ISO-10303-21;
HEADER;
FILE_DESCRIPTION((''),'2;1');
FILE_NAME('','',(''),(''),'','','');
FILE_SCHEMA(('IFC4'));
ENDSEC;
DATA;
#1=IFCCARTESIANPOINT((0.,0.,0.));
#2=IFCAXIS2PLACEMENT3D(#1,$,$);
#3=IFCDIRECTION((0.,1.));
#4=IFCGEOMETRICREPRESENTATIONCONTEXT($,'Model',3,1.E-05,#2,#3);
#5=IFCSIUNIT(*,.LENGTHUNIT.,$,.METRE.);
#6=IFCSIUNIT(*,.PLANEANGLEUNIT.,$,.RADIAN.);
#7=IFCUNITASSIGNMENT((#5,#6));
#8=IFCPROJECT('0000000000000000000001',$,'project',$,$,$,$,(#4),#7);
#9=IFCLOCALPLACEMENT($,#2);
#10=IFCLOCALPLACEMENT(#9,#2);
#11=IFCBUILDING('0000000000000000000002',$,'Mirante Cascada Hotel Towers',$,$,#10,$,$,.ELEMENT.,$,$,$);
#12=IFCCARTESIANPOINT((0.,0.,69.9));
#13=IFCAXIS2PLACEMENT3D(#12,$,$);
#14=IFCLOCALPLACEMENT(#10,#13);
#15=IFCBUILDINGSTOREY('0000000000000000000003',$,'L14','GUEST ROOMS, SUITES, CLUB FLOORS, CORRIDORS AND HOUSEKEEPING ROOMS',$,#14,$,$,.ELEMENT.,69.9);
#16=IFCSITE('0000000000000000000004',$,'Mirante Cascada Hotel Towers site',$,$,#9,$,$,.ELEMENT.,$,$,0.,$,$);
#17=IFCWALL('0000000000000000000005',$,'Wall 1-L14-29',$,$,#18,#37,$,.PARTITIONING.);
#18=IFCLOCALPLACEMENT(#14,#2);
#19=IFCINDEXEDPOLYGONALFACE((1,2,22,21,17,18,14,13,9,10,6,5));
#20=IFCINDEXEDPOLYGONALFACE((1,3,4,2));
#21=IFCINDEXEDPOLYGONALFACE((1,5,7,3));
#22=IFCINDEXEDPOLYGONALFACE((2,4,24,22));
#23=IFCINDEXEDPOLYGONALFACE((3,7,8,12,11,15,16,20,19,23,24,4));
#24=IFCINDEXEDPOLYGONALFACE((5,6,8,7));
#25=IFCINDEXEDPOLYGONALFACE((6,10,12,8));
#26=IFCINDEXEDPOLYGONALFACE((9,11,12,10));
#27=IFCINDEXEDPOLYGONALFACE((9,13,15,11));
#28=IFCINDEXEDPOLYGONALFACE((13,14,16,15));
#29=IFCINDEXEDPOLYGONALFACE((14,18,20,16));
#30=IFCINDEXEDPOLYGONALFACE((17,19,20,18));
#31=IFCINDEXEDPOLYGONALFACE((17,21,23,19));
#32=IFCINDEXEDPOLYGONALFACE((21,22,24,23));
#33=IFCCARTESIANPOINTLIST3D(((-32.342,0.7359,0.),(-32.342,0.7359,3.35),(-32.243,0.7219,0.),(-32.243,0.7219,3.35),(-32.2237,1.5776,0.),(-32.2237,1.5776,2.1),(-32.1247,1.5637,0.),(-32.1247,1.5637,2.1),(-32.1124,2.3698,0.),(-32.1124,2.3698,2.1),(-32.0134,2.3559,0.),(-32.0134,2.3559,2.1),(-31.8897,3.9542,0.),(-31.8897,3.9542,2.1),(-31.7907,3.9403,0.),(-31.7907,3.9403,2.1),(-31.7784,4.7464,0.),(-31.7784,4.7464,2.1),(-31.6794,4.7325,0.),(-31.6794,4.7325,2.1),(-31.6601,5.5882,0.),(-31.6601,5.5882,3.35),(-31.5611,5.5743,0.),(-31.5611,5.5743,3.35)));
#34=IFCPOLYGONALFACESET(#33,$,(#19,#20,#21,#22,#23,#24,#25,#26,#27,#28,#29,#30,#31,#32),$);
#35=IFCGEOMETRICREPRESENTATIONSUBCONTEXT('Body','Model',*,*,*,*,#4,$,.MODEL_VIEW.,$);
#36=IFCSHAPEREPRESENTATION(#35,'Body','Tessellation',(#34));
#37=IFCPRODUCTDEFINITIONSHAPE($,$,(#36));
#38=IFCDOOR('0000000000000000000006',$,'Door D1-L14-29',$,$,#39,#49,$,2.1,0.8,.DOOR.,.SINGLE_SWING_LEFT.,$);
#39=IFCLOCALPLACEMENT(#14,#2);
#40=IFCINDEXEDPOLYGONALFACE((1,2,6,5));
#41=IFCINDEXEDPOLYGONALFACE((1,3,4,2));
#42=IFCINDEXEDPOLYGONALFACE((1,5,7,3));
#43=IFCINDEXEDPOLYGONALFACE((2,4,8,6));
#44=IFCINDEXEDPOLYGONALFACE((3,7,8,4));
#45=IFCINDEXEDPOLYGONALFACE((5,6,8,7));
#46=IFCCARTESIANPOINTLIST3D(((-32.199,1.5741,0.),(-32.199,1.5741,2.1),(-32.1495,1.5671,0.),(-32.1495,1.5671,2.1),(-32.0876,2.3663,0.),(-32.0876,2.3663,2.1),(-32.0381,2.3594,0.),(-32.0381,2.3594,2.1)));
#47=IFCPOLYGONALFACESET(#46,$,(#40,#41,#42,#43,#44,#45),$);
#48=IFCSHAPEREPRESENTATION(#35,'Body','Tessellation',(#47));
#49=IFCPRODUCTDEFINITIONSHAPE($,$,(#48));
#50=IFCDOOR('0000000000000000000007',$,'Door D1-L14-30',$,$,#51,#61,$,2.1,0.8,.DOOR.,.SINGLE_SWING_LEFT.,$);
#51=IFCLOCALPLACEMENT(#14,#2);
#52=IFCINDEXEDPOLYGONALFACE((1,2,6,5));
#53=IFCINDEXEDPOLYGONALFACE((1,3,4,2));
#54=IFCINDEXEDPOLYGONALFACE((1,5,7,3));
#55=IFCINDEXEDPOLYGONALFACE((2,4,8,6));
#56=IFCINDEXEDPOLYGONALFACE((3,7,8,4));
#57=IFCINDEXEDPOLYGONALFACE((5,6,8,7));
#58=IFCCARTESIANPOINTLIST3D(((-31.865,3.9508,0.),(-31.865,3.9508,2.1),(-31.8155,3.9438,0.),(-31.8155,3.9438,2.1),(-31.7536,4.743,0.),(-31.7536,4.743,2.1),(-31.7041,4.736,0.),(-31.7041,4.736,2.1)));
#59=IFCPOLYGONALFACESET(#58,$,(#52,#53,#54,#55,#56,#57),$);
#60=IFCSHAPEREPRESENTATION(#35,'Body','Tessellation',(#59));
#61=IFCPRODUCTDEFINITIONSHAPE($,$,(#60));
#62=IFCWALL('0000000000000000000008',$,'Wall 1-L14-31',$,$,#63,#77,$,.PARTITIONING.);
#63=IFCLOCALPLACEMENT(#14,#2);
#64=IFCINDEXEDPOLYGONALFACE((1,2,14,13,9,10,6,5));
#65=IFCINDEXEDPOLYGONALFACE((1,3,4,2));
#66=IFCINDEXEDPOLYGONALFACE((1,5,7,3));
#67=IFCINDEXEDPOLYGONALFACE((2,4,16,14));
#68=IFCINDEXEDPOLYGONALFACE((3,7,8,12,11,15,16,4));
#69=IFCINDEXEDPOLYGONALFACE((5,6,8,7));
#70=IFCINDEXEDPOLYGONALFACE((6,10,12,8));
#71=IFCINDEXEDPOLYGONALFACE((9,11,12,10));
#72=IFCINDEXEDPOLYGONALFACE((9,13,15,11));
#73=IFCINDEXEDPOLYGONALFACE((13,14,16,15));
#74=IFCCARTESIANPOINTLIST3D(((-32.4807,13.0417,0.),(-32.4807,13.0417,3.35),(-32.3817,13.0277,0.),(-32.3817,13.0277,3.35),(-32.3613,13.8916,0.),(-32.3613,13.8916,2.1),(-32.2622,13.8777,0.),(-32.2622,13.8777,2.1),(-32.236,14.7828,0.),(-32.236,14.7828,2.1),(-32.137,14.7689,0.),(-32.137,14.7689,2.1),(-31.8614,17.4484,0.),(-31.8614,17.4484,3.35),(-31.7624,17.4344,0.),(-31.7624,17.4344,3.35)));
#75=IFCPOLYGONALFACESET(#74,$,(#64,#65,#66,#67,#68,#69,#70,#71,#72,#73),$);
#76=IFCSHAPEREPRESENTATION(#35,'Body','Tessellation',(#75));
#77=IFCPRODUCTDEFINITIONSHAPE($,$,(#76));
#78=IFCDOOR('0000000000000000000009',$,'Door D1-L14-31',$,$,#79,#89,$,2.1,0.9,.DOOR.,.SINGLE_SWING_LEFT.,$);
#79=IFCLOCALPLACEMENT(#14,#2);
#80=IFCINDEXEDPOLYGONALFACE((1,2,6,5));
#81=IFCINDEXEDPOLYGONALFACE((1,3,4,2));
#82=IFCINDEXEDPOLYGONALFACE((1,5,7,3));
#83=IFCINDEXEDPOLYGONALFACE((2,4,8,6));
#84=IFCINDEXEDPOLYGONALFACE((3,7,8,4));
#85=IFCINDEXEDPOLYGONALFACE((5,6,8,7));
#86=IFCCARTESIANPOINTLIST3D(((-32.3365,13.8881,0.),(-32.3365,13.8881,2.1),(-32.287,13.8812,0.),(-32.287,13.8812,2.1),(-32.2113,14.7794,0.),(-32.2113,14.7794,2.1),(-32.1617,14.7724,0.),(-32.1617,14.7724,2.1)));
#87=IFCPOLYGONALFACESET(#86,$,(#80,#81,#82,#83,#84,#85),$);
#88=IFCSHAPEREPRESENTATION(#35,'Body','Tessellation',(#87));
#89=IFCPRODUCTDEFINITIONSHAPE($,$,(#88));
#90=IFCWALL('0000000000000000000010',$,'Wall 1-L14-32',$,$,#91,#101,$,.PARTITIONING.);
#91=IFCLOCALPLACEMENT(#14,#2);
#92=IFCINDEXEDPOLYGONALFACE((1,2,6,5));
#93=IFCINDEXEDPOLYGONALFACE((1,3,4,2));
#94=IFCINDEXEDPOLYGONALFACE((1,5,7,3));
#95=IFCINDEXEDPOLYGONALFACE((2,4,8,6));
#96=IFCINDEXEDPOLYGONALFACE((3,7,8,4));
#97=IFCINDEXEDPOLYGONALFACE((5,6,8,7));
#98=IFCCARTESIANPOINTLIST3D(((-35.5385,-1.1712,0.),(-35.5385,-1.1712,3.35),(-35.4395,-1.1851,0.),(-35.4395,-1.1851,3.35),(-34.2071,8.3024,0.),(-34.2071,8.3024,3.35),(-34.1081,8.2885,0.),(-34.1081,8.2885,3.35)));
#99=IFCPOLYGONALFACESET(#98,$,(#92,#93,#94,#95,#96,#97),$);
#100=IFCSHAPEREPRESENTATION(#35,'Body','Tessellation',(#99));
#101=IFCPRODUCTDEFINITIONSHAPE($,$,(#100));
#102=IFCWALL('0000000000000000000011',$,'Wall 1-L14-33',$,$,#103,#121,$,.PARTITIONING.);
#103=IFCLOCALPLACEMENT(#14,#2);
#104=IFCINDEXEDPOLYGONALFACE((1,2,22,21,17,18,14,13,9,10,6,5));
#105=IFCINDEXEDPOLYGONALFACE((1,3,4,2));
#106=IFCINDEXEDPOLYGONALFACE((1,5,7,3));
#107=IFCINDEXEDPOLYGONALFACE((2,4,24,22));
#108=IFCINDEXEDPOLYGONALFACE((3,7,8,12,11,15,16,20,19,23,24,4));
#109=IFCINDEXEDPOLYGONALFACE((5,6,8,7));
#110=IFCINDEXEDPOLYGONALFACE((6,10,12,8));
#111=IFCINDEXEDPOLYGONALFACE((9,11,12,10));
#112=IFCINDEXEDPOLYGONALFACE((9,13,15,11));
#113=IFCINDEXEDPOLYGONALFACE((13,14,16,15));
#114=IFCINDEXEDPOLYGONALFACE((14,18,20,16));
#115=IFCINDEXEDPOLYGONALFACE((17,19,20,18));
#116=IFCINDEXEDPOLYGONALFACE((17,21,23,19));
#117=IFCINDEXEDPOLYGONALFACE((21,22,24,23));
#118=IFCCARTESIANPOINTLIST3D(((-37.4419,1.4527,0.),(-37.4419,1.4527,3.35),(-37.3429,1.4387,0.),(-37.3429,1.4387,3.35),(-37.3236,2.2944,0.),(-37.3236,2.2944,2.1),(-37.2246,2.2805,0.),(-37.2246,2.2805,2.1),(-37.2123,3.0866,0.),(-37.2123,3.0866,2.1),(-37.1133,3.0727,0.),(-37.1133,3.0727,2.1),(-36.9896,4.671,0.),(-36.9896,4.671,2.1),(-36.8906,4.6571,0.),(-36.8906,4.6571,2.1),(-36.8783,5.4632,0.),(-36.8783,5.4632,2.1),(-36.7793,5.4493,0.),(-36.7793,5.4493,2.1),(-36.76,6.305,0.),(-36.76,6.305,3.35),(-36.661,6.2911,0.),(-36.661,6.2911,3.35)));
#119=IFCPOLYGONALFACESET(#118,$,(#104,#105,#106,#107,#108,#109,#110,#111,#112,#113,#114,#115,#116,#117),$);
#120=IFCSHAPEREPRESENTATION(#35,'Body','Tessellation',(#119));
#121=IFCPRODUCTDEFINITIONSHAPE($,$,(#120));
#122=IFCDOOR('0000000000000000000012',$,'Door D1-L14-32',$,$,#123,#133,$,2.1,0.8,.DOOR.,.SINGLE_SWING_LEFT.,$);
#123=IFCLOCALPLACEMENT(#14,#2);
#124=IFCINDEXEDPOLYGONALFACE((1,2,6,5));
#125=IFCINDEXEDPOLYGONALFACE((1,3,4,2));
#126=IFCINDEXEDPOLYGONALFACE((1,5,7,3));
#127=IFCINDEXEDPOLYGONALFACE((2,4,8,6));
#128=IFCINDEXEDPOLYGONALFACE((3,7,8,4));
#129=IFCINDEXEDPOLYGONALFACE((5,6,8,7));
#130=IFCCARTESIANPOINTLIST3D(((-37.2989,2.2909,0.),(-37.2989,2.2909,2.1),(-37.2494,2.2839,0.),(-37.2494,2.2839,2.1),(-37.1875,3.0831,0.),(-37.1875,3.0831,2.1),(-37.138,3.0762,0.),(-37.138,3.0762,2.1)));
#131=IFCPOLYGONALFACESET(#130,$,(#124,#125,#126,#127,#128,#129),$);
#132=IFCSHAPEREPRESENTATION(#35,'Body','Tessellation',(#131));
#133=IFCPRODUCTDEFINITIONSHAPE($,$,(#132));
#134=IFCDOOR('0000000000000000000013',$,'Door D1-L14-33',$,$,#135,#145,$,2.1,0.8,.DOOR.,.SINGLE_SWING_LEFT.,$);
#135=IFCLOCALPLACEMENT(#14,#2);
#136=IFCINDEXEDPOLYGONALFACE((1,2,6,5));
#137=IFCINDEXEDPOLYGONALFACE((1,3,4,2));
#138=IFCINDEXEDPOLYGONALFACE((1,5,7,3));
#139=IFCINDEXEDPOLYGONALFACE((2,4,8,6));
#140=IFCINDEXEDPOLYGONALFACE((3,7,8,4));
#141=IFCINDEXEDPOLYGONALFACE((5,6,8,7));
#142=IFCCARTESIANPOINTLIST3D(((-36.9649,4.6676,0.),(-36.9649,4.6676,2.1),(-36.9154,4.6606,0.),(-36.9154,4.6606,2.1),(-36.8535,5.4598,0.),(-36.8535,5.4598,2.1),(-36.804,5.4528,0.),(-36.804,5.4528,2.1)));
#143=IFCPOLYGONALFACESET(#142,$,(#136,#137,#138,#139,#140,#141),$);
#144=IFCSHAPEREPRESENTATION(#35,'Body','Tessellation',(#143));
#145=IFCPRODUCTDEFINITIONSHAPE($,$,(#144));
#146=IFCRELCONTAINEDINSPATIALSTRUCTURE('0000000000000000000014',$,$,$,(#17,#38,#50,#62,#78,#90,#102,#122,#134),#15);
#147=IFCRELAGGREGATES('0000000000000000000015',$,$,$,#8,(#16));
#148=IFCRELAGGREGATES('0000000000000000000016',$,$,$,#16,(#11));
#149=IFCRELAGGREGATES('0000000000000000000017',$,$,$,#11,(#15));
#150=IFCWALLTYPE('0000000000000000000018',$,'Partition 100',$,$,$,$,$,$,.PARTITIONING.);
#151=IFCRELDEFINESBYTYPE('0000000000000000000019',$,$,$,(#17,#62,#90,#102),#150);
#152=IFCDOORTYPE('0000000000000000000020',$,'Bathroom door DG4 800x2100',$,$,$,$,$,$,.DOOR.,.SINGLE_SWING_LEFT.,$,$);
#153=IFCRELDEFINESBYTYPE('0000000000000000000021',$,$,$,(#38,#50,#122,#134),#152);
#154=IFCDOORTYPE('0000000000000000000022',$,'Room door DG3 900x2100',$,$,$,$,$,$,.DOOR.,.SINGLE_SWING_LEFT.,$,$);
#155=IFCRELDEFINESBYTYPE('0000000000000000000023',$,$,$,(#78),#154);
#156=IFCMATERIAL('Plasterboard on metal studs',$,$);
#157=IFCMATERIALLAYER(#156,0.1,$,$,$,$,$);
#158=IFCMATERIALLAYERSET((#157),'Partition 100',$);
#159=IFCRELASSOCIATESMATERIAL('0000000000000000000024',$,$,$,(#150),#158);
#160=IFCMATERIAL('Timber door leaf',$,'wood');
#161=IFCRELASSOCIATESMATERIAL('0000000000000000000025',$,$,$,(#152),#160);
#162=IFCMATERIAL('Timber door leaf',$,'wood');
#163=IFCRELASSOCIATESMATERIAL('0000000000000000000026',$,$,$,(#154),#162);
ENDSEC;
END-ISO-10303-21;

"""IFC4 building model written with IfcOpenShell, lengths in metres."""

from ifc_helpers import new_model, si_unit, direction, frame, frame_2d, origin, place, context, subcontext, project, spatial, rectangle, extrude, material, layer, layer_set, type_object, element, fill, save


model = new_model("IFC4")

# Units and contexts
model_context = context("Model", 3, precision=1e-05, world=origin(), true_north=direction((0.0, 1.0)))
body_context = subcontext(model_context, "Body", "Model", "MODEL_VIEW")
ifc_project = project(units=[si_unit("LENGTHUNIT", "METRE"), si_unit("PLANEANGLEUNIT", "RADIAN")], contexts=[model_context])

# Site, building, storey
site_placement = place(None, origin())
site = spatial("IfcSite", under=ifc_project, at=site_placement, Name="Mirante Cascada Hotel Towers site", CompositionType="ELEMENT", RefElevation=0.0)
building_placement = place(site_placement, origin())
building = spatial("IfcBuilding", under=site, at=building_placement, Name="Mirante Cascada Hotel Towers", CompositionType="ELEMENT")
storey_placement = place(building_placement, frame((0.0, 0.0, 69.9)))
storey = spatial("IfcBuildingStorey", under=building, at=storey_placement, Name="L14", Description="GUEST ROOMS, SUITES, CLUB FLOORS, CORRIDORS AND HOUSEKEEPING ROOMS", CompositionType="ELEMENT", Elevation=69.9)

# Shared definitions
ifc_material_1 = material(Name="Plasterboard on metal studs")
ifc_layer_1 = layer(ifc_material_1, 0.1)
ifc_layer_set_1 = layer_set([ifc_layer_1], Name="Partition 100")
wall_type_1 = type_object("IfcWallType", Name="Partition 100", PredefinedType="PARTITIONING", material=ifc_layer_set_1)

# Wall, openings, doors
wall_1_placement = place(storey_placement, frame((-32.2925, 0.7289, 0.0), z_axis=(0.0, 0.0, 1.0), x_axis=(0.139164, 0.990269, 0.0)))
wall_1 = element("IfcWall", 1, at=wall_1_placement, inside=storey, type_object=wall_type_1, Name="Wall 1-L14-29", PredefinedType="PARTITIONING", context=body_context, shape_type="SweptSolid", body=[
    extrude(rectangle(XDim=4.9, YDim=0.1, at=frame_2d((2.45, 0.0))), origin(), (0.0, 0.0, 1.0), 3.35),
])
opening_1_placement = place(wall_1_placement, frame((0.85, 0.0, 0.0)))
opening_1 = element("IfcOpeningElement", 2, at=opening_1_placement, cuts=wall_1, PredefinedType="OPENING", context=body_context, shape_type="SweptSolid", body=[
    extrude(rectangle(XDim=0.8, YDim=2.1, at=frame_2d((0.4, 1.05))), frame((0.0, 0.05, 0.0), z_axis=(0.0, -1.0, 0.0), x_axis=(1.0, 0.0, 0.0)), (0.0, 0.0, 1.0), 0.1),
])
opening_2_placement = place(wall_1_placement, frame((3.25, 0.0, 0.0)))
opening_2 = element("IfcOpeningElement", 3, at=opening_2_placement, cuts=wall_1, PredefinedType="OPENING", context=body_context, shape_type="SweptSolid", body=[
    extrude(rectangle(XDim=0.8, YDim=2.1, at=frame_2d((0.4, 1.05))), frame((0.0, 0.05, 0.0), z_axis=(0.0, -1.0, 0.0), x_axis=(1.0, 0.0, 0.0)), (0.0, 0.0, 1.0), 0.1),
])
ifc_material_2 = material(Name="Timber door leaf", Category="wood")
door_type_1 = type_object("IfcDoorType", Name="Bathroom door DG4 800x2100", OperationType="SINGLE_SWING_LEFT", PredefinedType="DOOR", material=ifc_material_2)
door_1_placement = place(opening_1_placement, origin())
door_1 = element("IfcDoor", 4, at=door_1_placement, inside=storey, type_object=door_type_1, Name="Door D1-L14-29", OperationType="SINGLE_SWING_LEFT", OverallHeight=2.1, OverallWidth=0.8, PredefinedType="DOOR", context=body_context, shape_type="SweptSolid", body=[
    extrude(rectangle(XDim=0.8, YDim=2.1, at=frame_2d((0.4, 1.05))), frame((0.0, 0.025, 0.0), z_axis=(0.0, -1.0, 0.0), x_axis=(1.0, 0.0, 0.0)), (0.0, 0.0, 1.0), 0.05),
])
fill(opening_1, door_1)
door_2_placement = place(opening_2_placement, origin())
door_2 = element("IfcDoor", 5, at=door_2_placement, inside=storey, type_object=door_type_1, Name="Door D1-L14-30", OperationType="SINGLE_SWING_LEFT", OverallHeight=2.1, OverallWidth=0.8, PredefinedType="DOOR", context=body_context, shape_type="SweptSolid", body=[
    extrude(rectangle(XDim=0.8, YDim=2.1, at=frame_2d((0.4, 1.05))), frame((0.0, 0.025, 0.0), z_axis=(0.0, -1.0, 0.0), x_axis=(1.0, 0.0, 0.0)), (0.0, 0.0, 1.0), 0.05),
])
fill(opening_2, door_2)

# Wall, opening, door
wall_2_placement = place(storey_placement, frame((-32.4312, 13.0347, 0.0), z_axis=(0.0, 0.0, 1.0), x_axis=(0.139168, 0.990269, 0.0)))
wall_2 = element("IfcWall", 6, at=wall_2_placement, inside=storey, type_object=wall_type_1, Name="Wall 1-L14-31", PredefinedType="PARTITIONING", context=body_context, shape_type="SweptSolid", body=[
    extrude(rectangle(XDim=4.45, YDim=0.1, at=frame_2d((2.225, 0.0))), origin(), (0.0, 0.0, 1.0), 3.35),
])
opening_3_placement = place(wall_2_placement, frame((0.8583, 0.0, 0.0)))
opening_3 = element("IfcOpeningElement", 7, at=opening_3_placement, cuts=wall_2, PredefinedType="OPENING", context=body_context, shape_type="SweptSolid", body=[
    extrude(rectangle(XDim=0.9, YDim=2.1, at=frame_2d((0.45, 1.05))), frame((0.0, 0.05, 0.0), z_axis=(0.0, -1.0, 0.0), x_axis=(1.0, 0.0, 0.0)), (0.0, 0.0, 1.0), 0.1),
])
ifc_material_3 = material(Name="Timber door leaf", Category="wood")
door_type_2 = type_object("IfcDoorType", Name="Room door DG3 900x2100", OperationType="SINGLE_SWING_LEFT", PredefinedType="DOOR", material=ifc_material_3)
door_3_placement = place(opening_3_placement, origin())
door_3 = element("IfcDoor", 8, at=door_3_placement, inside=storey, type_object=door_type_2, Name="Door D1-L14-31", OperationType="SINGLE_SWING_LEFT", OverallHeight=2.1, OverallWidth=0.9, PredefinedType="DOOR", context=body_context, shape_type="SweptSolid", body=[
    extrude(rectangle(XDim=0.9, YDim=2.1, at=frame_2d((0.45, 1.05))), frame((0.0, 0.025, 0.0), z_axis=(0.0, -1.0, 0.0), x_axis=(1.0, 0.0, 0.0)), (0.0, 0.0, 1.0), 0.05),
])
fill(opening_3, door_3)

# Wall
wall_3_placement = place(storey_placement, frame((-34.1576, 8.2955, 0.0), z_axis=(0.0, 0.0, 1.0), x_axis=(-0.13917, -0.990268, 0.0)))
element("IfcWall", 9, at=wall_3_placement, inside=storey, type_object=wall_type_1, Name="Wall 1-L14-32", PredefinedType="PARTITIONING", context=body_context, shape_type="SweptSolid", body=[
    extrude(rectangle(XDim=9.5667, YDim=0.1, at=frame_2d((4.7834, 0.0))), origin(), (0.0, 0.0, 1.0), 3.35),
])

# Wall, openings, doors
wall_4_placement = place(storey_placement, frame((-37.3924, 1.4457, 0.0), z_axis=(0.0, 0.0, 1.0), x_axis=(0.139164, 0.990269, 0.0)))
wall_4 = element("IfcWall", 10, at=wall_4_placement, inside=storey, type_object=wall_type_1, Name="Wall 1-L14-33", PredefinedType="PARTITIONING", context=body_context, shape_type="SweptSolid", body=[
    extrude(rectangle(XDim=4.9, YDim=0.1, at=frame_2d((2.45, 0.0))), origin(), (0.0, 0.0, 1.0), 3.35),
])
opening_4_placement = place(wall_4_placement, frame((0.85, 0.0, 0.0)))
opening_4 = element("IfcOpeningElement", 11, at=opening_4_placement, cuts=wall_4, PredefinedType="OPENING", context=body_context, shape_type="SweptSolid", body=[
    extrude(rectangle(XDim=0.8, YDim=2.1, at=frame_2d((0.4, 1.05))), frame((0.0, 0.05, 0.0), z_axis=(0.0, -1.0, 0.0), x_axis=(1.0, 0.0, 0.0)), (0.0, 0.0, 1.0), 0.1),
])
opening_5_placement = place(wall_4_placement, frame((3.25, 0.0, 0.0)))
opening_5 = element("IfcOpeningElement", 12, at=opening_5_placement, cuts=wall_4, PredefinedType="OPENING", context=body_context, shape_type="SweptSolid", body=[
    extrude(rectangle(XDim=0.8, YDim=2.1, at=frame_2d((0.4, 1.05))), frame((0.0, 0.05, 0.0), z_axis=(0.0, -1.0, 0.0), x_axis=(1.0, 0.0, 0.0)), (0.0, 0.0, 1.0), 0.1),
])
door_4_placement = place(opening_4_placement, origin())
door_4 = element("IfcDoor", 13, at=door_4_placement, inside=storey, type_object=door_type_1, Name="Door D1-L14-32", OperationType="SINGLE_SWING_LEFT", OverallHeight=2.1, OverallWidth=0.8, PredefinedType="DOOR", context=body_context, shape_type="SweptSolid", body=[
    extrude(rectangle(XDim=0.8, YDim=2.1, at=frame_2d((0.4, 1.05))), frame((0.0, 0.025, 0.0), z_axis=(0.0, -1.0, 0.0), x_axis=(1.0, 0.0, 0.0)), (0.0, 0.0, 1.0), 0.05),
])
fill(opening_4, door_4)
door_5_placement = place(opening_5_placement, origin())
door_5 = element("IfcDoor", 14, at=door_5_placement, inside=storey, type_object=door_type_1, Name="Door D1-L14-33", OperationType="SINGLE_SWING_LEFT", OverallHeight=2.1, OverallWidth=0.8, PredefinedType="DOOR", context=body_context, shape_type="SweptSolid", body=[
    extrude(rectangle(XDim=0.8, YDim=2.1, at=frame_2d((0.4, 1.05))), frame((0.0, 0.025, 0.0), z_axis=(0.0, -1.0, 0.0), x_axis=(1.0, 0.0, 0.0)), (0.0, 0.0, 1.0), 0.05),
])
fill(opening_5, door_5)

save(model, "model.ifc")
